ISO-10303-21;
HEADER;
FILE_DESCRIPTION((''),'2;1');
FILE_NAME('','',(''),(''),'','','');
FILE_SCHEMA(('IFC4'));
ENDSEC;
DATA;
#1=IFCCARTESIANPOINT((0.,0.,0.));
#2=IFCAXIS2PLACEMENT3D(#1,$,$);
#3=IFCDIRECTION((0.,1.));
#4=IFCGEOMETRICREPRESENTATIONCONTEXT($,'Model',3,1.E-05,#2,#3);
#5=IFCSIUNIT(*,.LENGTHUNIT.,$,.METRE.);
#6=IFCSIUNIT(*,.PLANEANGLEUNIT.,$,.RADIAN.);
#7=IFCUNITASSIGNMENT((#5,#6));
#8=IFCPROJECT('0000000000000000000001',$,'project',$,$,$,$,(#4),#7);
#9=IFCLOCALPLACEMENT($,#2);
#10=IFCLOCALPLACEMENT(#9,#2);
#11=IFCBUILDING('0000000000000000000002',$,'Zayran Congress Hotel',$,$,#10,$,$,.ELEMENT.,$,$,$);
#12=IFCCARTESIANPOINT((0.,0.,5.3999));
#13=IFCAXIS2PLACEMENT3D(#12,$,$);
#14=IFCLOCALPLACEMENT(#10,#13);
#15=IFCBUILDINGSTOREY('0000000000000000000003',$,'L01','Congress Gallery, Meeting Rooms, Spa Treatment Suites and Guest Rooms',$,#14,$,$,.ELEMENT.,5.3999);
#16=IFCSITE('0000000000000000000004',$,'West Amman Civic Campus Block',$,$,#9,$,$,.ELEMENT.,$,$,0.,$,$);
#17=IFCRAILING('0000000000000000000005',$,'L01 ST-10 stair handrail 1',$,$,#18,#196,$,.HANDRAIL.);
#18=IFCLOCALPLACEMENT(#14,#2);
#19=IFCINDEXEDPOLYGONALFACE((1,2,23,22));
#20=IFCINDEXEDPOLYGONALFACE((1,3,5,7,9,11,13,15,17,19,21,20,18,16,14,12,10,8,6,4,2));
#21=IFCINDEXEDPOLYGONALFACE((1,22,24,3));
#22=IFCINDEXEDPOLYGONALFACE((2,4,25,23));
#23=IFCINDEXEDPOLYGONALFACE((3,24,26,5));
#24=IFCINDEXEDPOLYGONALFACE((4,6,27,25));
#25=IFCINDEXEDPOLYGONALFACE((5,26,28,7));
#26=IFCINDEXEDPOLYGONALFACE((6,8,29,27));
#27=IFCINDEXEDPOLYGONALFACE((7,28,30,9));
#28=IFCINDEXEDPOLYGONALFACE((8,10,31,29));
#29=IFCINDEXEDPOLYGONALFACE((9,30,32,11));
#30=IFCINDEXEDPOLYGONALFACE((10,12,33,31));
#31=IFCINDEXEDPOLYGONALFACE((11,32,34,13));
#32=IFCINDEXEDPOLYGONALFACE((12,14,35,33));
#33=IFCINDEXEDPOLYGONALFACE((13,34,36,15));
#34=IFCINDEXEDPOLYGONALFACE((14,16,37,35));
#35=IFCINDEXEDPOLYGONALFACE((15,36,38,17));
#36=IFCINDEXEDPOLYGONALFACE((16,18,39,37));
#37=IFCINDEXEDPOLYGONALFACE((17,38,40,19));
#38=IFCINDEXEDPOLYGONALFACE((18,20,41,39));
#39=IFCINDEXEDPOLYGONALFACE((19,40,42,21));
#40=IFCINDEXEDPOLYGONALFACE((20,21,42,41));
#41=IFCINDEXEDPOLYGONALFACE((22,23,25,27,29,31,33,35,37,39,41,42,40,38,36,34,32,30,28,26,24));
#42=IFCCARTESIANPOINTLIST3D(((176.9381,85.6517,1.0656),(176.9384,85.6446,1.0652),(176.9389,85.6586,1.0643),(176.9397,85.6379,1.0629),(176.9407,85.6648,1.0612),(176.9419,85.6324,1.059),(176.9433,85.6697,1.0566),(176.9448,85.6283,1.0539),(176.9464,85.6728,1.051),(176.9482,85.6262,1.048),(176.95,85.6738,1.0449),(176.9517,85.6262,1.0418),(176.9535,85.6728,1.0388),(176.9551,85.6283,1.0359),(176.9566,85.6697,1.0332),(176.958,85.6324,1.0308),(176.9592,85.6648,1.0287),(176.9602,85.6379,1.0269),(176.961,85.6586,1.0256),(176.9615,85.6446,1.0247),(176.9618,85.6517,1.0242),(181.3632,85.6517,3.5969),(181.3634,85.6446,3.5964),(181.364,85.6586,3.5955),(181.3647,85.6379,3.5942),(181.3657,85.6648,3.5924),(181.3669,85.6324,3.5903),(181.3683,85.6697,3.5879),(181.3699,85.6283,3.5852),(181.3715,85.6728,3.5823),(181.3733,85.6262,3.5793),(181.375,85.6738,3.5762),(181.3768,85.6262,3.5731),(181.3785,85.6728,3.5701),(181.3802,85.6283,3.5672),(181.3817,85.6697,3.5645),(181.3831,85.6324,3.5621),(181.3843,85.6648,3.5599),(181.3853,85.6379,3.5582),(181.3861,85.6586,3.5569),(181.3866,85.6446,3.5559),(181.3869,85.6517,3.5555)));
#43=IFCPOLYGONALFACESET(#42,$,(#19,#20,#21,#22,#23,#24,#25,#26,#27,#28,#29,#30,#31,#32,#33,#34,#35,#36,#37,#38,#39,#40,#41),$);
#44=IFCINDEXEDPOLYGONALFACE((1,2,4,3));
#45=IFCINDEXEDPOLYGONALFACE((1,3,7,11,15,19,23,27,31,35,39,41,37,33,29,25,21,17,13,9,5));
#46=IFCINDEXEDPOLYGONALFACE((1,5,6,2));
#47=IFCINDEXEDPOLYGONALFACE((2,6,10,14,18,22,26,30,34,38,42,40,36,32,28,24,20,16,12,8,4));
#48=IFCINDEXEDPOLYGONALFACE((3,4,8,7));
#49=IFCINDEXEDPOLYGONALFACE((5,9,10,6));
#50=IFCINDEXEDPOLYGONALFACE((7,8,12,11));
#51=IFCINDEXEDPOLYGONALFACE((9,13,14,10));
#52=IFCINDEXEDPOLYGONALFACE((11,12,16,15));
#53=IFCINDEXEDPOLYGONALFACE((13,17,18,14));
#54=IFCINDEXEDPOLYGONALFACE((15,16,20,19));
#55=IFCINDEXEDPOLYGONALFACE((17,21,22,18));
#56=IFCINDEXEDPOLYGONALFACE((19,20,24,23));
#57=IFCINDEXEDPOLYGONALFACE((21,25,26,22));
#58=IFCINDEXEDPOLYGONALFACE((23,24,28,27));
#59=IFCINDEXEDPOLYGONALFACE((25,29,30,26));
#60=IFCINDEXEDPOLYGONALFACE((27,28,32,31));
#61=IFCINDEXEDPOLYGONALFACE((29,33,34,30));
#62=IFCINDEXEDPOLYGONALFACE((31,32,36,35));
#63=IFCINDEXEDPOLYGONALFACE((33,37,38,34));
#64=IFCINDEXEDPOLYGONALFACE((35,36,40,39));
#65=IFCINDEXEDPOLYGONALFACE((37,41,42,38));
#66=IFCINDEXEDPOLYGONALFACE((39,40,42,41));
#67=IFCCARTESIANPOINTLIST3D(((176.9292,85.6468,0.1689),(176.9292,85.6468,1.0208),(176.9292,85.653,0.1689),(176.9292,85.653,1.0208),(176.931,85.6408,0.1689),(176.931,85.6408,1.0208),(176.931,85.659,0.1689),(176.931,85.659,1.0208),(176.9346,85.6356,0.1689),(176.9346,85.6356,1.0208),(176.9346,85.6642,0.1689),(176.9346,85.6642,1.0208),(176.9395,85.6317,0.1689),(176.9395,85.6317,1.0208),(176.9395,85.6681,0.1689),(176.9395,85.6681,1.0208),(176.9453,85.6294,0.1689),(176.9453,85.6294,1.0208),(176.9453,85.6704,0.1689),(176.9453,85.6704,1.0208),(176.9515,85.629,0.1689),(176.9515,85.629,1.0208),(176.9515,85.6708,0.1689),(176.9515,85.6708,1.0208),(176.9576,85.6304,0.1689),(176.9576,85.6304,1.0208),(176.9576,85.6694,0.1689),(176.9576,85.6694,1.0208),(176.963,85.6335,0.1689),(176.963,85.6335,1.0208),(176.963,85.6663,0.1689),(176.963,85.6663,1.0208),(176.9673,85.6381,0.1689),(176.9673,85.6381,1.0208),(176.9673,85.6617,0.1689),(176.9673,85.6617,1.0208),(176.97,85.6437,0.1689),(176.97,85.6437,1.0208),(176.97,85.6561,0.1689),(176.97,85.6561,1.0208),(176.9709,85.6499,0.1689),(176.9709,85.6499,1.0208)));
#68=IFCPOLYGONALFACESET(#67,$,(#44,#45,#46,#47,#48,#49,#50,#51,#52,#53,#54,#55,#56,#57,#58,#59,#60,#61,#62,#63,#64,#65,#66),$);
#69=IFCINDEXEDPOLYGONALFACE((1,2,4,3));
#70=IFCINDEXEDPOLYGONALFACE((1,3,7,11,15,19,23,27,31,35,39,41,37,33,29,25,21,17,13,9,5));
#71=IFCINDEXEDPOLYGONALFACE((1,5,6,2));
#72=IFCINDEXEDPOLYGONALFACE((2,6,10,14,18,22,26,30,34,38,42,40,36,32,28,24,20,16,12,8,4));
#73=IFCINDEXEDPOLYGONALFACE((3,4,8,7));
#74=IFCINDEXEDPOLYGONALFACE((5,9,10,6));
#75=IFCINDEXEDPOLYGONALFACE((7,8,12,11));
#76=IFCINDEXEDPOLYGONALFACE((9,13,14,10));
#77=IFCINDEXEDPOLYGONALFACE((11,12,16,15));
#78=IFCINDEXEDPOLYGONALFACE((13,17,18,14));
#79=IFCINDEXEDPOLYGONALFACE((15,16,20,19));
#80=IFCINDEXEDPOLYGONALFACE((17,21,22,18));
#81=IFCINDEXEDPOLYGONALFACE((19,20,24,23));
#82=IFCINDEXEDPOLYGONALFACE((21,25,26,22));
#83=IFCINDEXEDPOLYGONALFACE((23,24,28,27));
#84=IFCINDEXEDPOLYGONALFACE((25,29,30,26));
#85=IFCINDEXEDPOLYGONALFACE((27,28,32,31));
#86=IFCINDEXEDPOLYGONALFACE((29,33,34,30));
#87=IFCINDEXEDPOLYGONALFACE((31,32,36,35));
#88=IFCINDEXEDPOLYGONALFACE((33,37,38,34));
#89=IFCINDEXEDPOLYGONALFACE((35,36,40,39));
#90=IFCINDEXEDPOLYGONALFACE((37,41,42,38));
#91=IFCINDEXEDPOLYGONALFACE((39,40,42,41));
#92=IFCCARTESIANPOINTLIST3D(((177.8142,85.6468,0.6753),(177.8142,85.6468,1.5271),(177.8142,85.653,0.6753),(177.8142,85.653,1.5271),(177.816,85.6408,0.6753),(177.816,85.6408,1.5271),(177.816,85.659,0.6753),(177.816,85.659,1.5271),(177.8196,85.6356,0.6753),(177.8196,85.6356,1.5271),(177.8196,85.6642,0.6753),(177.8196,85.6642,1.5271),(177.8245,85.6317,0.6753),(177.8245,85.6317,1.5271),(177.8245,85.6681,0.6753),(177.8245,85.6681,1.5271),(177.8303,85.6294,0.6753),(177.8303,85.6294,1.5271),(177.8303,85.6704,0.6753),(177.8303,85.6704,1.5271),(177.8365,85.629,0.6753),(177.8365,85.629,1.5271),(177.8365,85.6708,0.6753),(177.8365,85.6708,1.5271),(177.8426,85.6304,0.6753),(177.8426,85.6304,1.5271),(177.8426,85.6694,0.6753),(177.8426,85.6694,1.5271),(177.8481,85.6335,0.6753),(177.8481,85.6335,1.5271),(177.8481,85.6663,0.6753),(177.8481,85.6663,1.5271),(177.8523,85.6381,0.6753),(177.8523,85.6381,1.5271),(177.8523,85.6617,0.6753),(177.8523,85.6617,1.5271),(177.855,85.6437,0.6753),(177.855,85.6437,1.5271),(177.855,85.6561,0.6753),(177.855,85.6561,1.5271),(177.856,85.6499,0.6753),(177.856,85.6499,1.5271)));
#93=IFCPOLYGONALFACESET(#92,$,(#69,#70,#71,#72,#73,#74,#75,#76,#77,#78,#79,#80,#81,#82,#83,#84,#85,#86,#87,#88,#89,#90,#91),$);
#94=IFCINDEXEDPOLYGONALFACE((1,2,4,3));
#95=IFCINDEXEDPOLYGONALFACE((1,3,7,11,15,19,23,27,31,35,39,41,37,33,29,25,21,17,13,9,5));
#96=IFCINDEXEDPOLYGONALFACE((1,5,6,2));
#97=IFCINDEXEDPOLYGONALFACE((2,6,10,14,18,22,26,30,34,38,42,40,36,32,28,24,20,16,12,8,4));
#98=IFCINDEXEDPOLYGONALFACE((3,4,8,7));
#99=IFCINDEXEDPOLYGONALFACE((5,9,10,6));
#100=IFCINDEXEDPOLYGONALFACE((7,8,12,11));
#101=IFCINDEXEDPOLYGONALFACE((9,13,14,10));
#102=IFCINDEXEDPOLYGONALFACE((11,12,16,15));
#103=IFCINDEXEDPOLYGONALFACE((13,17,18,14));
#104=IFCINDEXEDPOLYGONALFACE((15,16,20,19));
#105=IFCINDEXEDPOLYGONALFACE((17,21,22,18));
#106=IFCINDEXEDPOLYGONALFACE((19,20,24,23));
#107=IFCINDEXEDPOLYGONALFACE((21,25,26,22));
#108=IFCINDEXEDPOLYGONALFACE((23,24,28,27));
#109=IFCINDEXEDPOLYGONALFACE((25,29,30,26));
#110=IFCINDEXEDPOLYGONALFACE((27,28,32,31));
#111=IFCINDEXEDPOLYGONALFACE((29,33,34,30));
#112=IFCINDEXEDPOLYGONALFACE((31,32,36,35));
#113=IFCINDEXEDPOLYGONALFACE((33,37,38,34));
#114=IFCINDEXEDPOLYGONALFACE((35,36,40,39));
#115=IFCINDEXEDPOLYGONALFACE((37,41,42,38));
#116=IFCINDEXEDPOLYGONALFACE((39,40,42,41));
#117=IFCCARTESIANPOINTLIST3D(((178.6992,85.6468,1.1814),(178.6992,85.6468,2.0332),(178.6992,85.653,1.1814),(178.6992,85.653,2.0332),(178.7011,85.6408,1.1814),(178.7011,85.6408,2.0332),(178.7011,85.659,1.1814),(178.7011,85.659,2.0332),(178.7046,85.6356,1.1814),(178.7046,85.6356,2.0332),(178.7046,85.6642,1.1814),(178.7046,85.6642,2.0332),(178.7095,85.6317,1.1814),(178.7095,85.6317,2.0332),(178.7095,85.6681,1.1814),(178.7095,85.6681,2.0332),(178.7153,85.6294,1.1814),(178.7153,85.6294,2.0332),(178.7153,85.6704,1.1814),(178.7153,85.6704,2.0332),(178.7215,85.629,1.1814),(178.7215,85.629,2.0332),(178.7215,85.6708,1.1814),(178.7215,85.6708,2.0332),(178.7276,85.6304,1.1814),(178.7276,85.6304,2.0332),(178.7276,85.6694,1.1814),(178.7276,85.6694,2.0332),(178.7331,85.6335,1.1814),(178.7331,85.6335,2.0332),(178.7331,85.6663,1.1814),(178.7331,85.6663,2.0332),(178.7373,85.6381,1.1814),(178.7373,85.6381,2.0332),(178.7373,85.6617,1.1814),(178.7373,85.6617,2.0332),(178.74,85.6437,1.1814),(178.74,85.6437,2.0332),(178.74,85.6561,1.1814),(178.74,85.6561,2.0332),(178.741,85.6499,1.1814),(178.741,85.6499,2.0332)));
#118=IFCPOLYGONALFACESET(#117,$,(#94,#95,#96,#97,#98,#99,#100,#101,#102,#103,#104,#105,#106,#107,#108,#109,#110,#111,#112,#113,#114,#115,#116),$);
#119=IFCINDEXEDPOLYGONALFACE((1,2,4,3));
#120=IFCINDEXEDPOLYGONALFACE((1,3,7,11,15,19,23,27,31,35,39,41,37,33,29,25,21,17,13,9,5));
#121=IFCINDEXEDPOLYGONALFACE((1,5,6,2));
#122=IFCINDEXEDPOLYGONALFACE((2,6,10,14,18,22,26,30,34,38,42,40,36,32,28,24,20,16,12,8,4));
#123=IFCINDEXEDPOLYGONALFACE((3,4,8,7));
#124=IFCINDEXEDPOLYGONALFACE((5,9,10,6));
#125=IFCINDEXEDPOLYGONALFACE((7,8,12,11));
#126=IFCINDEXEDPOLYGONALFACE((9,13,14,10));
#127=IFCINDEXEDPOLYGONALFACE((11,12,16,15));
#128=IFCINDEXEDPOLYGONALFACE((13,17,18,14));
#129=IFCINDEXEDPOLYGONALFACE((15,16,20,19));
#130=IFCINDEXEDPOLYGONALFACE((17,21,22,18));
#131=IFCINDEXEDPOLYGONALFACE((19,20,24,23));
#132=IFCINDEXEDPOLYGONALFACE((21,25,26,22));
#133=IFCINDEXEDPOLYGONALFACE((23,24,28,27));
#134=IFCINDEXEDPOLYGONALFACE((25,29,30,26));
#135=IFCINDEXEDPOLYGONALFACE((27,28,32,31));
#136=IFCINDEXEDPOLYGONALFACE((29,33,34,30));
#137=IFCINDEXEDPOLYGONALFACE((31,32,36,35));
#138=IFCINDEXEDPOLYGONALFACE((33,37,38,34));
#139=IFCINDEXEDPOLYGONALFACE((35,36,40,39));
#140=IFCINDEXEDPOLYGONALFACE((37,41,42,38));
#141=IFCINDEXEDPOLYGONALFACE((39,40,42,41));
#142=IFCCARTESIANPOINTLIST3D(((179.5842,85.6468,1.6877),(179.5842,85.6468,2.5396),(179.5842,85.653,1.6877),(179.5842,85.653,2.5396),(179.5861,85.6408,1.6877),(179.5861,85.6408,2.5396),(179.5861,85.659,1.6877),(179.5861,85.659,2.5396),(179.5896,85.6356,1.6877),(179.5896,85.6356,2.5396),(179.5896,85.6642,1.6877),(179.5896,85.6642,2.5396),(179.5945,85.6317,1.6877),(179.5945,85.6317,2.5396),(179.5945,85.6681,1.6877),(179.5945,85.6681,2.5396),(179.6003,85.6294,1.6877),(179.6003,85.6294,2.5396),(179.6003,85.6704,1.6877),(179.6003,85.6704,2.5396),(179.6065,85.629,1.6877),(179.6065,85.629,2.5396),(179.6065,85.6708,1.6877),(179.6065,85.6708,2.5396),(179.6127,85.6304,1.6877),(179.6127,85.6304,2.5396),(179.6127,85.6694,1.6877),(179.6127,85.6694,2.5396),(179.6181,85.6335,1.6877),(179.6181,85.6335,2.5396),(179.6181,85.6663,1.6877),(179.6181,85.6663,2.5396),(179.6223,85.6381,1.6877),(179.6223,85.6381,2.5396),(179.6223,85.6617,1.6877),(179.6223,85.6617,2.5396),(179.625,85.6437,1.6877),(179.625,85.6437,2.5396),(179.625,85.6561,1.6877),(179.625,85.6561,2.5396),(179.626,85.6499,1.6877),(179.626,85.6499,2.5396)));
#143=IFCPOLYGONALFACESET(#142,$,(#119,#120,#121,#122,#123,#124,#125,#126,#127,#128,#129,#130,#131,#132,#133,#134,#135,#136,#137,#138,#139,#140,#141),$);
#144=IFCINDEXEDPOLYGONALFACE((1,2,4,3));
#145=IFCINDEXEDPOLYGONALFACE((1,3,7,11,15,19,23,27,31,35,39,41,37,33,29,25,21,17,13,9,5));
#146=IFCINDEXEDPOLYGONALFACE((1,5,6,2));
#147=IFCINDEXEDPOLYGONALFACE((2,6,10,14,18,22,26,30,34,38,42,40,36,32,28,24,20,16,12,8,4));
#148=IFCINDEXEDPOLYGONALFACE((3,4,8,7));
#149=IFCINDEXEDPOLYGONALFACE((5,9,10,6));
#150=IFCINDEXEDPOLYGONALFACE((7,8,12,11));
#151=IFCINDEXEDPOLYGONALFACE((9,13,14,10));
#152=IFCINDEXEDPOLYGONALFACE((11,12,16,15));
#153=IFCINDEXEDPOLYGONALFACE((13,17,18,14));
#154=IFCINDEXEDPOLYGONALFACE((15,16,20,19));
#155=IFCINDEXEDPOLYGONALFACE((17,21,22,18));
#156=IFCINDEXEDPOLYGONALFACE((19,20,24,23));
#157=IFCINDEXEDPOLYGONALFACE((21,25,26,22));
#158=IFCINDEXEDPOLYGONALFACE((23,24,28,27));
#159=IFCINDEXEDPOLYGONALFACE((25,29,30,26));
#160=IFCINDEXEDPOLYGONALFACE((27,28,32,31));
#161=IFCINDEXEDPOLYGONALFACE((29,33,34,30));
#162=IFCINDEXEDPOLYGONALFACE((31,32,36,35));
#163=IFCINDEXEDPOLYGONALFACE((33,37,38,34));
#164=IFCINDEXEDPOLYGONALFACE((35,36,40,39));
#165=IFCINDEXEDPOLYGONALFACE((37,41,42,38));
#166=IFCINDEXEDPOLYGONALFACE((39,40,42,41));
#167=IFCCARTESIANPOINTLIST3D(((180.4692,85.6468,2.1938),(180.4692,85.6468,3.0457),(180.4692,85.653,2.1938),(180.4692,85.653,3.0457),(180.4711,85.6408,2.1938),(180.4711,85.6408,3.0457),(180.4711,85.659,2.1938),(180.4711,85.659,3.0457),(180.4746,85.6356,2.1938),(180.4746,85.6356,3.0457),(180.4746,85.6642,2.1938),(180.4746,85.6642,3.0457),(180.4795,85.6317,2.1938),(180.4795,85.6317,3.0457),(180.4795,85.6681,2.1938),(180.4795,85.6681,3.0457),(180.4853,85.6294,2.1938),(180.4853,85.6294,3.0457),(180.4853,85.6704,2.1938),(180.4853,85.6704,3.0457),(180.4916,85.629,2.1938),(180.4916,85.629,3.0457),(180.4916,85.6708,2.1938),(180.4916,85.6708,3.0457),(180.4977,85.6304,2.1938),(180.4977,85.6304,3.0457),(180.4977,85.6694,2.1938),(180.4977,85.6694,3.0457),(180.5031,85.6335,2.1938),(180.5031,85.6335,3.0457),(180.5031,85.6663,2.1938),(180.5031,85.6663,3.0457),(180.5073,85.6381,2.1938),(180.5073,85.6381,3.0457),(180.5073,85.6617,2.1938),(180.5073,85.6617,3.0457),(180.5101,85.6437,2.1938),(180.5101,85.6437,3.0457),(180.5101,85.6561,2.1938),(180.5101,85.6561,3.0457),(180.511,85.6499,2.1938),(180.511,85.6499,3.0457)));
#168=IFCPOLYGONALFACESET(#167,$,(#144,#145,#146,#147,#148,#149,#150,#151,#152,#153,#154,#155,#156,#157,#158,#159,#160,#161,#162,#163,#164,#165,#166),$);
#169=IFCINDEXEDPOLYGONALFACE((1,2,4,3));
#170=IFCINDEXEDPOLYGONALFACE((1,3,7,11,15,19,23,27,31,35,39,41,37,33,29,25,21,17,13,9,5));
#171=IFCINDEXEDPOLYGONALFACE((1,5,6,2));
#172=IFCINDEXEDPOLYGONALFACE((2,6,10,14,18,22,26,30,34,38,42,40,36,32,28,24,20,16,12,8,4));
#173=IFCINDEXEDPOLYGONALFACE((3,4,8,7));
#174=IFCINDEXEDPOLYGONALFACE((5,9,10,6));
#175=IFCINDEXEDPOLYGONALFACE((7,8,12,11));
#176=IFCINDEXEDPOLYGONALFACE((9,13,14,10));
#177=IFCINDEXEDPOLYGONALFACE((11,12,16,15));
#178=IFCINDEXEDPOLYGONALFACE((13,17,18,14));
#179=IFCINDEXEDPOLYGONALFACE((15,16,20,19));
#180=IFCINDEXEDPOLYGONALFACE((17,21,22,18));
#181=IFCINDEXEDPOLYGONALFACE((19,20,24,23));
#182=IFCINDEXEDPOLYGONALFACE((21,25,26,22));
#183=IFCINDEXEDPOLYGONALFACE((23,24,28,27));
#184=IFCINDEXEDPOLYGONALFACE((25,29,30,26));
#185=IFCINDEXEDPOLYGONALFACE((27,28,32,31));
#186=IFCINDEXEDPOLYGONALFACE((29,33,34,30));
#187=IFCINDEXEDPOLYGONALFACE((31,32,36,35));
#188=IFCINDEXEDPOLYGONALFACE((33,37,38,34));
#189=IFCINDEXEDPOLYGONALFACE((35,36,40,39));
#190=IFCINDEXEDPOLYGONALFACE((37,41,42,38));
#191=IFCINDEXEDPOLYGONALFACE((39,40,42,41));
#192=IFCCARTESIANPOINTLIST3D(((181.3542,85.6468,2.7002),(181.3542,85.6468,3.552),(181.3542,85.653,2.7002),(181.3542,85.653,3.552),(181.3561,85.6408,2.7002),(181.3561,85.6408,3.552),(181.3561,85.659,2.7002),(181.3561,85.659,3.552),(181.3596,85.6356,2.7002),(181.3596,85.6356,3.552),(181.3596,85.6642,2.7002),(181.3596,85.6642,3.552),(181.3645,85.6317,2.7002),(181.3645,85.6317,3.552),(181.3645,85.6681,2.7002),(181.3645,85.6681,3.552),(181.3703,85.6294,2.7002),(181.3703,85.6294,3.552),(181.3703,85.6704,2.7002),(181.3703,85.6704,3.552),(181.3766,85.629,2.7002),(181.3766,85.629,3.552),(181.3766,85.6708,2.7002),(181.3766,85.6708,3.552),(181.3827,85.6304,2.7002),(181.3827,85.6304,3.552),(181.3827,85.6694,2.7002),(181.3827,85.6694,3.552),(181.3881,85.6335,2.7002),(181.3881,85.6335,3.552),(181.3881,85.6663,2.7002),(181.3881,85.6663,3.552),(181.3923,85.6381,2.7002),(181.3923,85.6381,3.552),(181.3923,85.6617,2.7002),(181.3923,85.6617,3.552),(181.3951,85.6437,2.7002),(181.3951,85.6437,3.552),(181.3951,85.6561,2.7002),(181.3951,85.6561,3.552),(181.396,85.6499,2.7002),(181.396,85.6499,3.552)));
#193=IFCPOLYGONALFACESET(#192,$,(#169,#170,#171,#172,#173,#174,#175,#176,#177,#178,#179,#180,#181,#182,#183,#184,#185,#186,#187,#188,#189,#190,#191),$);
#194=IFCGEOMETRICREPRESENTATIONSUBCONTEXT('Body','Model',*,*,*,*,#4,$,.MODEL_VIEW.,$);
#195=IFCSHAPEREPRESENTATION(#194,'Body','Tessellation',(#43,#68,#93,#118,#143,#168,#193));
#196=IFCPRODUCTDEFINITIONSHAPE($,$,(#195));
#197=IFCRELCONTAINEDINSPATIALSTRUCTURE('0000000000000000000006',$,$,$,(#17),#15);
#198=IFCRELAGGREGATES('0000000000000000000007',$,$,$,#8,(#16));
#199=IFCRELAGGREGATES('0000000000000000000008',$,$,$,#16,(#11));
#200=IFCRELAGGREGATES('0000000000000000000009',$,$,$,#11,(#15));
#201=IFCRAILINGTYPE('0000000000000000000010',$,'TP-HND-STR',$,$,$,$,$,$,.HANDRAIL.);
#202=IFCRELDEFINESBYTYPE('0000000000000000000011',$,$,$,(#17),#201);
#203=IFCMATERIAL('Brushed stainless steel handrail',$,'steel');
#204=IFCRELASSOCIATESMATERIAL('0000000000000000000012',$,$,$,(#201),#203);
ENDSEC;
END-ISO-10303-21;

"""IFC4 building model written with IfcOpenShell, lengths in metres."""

from ifc_helpers import new_model, si_unit, direction, frame, origin, origin_2d, place, context, subcontext, project, spatial, circle, extrude, material, type_object, element, save


model = new_model("IFC4")

# Units and contexts
model_context = context("Model", 3, precision=1e-05, world=origin(), true_north=direction((0.0, 1.0)))
body_context = subcontext(model_context, "Body", "Model", "MODEL_VIEW")
ifc_project = project(units=[si_unit("LENGTHUNIT", "METRE"), si_unit("PLANEANGLEUNIT", "RADIAN")], contexts=[model_context])

# Site, building, storey
site_placement = place(None, origin())
site = spatial("IfcSite", under=ifc_project, at=site_placement, Name="West Amman Civic Campus Block", CompositionType="ELEMENT", RefElevation=0.0)
building_placement = place(site_placement, origin())
building = spatial("IfcBuilding", under=site, at=building_placement, Name="Zayran Congress Hotel", CompositionType="ELEMENT")
storey_placement = place(building_placement, frame((0.0, 0.0, 5.3999)))
storey = spatial("IfcBuildingStorey", under=building, at=storey_placement, Name="L01", Description="Congress Gallery, Meeting Rooms, Spa Treatment Suites and Guest Rooms", CompositionType="ELEMENT", Elevation=5.3999)

# Railing
ifc_material_1 = material(Name="Brushed stainless steel handrail", Category="steel")
railing_type_1 = type_object("IfcRailingType", Name="TP-HND-STR", PredefinedType="HANDRAIL", material=ifc_material_1)
railing_1_placement = place(storey_placement, frame((176.95, 85.6499, 0.1689)))
element("IfcRailing", 1, at=railing_1_placement, inside=storey, type_object=railing_type_1, Name="L01 ST-10 stair handrail 1", PredefinedType="HANDRAIL", context=body_context, shape_type="SweptSolid", body=[
    extrude(circle(Radius=0.0239, at=origin_2d()), frame((0.0, 0.0, 0.876), z_axis=(0.868019, 0.0, 0.496531), x_axis=(0.0, 1.0, 0.0)), (0.0, 0.0, 1.0), 5.0979),
    extrude(circle(Radius=0.021, at=origin_2d()), origin(), (0.0, 0.0, 1.0), 0.8518),
    extrude(circle(Radius=0.021, at=origin_2d()), frame((0.885, 0.0, 0.5063)), (0.0, 0.0, 1.0), 0.8518),
    extrude(circle(Radius=0.021, at=origin_2d()), frame((1.77, 0.0, 1.0125)), (0.0, 0.0, 1.0), 0.8518),
    extrude(circle(Radius=0.021, at=origin_2d()), frame((2.655, 0.0, 1.5188)), (0.0, 0.0, 1.0), 0.8518),
    extrude(circle(Radius=0.021, at=origin_2d()), frame((3.54, 0.0, 2.0249)), (0.0, 0.0, 1.0), 0.8518),
    extrude(circle(Radius=0.021, at=origin_2d()), frame((4.425, 0.0, 2.5312)), (0.0, 0.0, 1.0), 0.8518),
])

save(model, "model.ifc")
